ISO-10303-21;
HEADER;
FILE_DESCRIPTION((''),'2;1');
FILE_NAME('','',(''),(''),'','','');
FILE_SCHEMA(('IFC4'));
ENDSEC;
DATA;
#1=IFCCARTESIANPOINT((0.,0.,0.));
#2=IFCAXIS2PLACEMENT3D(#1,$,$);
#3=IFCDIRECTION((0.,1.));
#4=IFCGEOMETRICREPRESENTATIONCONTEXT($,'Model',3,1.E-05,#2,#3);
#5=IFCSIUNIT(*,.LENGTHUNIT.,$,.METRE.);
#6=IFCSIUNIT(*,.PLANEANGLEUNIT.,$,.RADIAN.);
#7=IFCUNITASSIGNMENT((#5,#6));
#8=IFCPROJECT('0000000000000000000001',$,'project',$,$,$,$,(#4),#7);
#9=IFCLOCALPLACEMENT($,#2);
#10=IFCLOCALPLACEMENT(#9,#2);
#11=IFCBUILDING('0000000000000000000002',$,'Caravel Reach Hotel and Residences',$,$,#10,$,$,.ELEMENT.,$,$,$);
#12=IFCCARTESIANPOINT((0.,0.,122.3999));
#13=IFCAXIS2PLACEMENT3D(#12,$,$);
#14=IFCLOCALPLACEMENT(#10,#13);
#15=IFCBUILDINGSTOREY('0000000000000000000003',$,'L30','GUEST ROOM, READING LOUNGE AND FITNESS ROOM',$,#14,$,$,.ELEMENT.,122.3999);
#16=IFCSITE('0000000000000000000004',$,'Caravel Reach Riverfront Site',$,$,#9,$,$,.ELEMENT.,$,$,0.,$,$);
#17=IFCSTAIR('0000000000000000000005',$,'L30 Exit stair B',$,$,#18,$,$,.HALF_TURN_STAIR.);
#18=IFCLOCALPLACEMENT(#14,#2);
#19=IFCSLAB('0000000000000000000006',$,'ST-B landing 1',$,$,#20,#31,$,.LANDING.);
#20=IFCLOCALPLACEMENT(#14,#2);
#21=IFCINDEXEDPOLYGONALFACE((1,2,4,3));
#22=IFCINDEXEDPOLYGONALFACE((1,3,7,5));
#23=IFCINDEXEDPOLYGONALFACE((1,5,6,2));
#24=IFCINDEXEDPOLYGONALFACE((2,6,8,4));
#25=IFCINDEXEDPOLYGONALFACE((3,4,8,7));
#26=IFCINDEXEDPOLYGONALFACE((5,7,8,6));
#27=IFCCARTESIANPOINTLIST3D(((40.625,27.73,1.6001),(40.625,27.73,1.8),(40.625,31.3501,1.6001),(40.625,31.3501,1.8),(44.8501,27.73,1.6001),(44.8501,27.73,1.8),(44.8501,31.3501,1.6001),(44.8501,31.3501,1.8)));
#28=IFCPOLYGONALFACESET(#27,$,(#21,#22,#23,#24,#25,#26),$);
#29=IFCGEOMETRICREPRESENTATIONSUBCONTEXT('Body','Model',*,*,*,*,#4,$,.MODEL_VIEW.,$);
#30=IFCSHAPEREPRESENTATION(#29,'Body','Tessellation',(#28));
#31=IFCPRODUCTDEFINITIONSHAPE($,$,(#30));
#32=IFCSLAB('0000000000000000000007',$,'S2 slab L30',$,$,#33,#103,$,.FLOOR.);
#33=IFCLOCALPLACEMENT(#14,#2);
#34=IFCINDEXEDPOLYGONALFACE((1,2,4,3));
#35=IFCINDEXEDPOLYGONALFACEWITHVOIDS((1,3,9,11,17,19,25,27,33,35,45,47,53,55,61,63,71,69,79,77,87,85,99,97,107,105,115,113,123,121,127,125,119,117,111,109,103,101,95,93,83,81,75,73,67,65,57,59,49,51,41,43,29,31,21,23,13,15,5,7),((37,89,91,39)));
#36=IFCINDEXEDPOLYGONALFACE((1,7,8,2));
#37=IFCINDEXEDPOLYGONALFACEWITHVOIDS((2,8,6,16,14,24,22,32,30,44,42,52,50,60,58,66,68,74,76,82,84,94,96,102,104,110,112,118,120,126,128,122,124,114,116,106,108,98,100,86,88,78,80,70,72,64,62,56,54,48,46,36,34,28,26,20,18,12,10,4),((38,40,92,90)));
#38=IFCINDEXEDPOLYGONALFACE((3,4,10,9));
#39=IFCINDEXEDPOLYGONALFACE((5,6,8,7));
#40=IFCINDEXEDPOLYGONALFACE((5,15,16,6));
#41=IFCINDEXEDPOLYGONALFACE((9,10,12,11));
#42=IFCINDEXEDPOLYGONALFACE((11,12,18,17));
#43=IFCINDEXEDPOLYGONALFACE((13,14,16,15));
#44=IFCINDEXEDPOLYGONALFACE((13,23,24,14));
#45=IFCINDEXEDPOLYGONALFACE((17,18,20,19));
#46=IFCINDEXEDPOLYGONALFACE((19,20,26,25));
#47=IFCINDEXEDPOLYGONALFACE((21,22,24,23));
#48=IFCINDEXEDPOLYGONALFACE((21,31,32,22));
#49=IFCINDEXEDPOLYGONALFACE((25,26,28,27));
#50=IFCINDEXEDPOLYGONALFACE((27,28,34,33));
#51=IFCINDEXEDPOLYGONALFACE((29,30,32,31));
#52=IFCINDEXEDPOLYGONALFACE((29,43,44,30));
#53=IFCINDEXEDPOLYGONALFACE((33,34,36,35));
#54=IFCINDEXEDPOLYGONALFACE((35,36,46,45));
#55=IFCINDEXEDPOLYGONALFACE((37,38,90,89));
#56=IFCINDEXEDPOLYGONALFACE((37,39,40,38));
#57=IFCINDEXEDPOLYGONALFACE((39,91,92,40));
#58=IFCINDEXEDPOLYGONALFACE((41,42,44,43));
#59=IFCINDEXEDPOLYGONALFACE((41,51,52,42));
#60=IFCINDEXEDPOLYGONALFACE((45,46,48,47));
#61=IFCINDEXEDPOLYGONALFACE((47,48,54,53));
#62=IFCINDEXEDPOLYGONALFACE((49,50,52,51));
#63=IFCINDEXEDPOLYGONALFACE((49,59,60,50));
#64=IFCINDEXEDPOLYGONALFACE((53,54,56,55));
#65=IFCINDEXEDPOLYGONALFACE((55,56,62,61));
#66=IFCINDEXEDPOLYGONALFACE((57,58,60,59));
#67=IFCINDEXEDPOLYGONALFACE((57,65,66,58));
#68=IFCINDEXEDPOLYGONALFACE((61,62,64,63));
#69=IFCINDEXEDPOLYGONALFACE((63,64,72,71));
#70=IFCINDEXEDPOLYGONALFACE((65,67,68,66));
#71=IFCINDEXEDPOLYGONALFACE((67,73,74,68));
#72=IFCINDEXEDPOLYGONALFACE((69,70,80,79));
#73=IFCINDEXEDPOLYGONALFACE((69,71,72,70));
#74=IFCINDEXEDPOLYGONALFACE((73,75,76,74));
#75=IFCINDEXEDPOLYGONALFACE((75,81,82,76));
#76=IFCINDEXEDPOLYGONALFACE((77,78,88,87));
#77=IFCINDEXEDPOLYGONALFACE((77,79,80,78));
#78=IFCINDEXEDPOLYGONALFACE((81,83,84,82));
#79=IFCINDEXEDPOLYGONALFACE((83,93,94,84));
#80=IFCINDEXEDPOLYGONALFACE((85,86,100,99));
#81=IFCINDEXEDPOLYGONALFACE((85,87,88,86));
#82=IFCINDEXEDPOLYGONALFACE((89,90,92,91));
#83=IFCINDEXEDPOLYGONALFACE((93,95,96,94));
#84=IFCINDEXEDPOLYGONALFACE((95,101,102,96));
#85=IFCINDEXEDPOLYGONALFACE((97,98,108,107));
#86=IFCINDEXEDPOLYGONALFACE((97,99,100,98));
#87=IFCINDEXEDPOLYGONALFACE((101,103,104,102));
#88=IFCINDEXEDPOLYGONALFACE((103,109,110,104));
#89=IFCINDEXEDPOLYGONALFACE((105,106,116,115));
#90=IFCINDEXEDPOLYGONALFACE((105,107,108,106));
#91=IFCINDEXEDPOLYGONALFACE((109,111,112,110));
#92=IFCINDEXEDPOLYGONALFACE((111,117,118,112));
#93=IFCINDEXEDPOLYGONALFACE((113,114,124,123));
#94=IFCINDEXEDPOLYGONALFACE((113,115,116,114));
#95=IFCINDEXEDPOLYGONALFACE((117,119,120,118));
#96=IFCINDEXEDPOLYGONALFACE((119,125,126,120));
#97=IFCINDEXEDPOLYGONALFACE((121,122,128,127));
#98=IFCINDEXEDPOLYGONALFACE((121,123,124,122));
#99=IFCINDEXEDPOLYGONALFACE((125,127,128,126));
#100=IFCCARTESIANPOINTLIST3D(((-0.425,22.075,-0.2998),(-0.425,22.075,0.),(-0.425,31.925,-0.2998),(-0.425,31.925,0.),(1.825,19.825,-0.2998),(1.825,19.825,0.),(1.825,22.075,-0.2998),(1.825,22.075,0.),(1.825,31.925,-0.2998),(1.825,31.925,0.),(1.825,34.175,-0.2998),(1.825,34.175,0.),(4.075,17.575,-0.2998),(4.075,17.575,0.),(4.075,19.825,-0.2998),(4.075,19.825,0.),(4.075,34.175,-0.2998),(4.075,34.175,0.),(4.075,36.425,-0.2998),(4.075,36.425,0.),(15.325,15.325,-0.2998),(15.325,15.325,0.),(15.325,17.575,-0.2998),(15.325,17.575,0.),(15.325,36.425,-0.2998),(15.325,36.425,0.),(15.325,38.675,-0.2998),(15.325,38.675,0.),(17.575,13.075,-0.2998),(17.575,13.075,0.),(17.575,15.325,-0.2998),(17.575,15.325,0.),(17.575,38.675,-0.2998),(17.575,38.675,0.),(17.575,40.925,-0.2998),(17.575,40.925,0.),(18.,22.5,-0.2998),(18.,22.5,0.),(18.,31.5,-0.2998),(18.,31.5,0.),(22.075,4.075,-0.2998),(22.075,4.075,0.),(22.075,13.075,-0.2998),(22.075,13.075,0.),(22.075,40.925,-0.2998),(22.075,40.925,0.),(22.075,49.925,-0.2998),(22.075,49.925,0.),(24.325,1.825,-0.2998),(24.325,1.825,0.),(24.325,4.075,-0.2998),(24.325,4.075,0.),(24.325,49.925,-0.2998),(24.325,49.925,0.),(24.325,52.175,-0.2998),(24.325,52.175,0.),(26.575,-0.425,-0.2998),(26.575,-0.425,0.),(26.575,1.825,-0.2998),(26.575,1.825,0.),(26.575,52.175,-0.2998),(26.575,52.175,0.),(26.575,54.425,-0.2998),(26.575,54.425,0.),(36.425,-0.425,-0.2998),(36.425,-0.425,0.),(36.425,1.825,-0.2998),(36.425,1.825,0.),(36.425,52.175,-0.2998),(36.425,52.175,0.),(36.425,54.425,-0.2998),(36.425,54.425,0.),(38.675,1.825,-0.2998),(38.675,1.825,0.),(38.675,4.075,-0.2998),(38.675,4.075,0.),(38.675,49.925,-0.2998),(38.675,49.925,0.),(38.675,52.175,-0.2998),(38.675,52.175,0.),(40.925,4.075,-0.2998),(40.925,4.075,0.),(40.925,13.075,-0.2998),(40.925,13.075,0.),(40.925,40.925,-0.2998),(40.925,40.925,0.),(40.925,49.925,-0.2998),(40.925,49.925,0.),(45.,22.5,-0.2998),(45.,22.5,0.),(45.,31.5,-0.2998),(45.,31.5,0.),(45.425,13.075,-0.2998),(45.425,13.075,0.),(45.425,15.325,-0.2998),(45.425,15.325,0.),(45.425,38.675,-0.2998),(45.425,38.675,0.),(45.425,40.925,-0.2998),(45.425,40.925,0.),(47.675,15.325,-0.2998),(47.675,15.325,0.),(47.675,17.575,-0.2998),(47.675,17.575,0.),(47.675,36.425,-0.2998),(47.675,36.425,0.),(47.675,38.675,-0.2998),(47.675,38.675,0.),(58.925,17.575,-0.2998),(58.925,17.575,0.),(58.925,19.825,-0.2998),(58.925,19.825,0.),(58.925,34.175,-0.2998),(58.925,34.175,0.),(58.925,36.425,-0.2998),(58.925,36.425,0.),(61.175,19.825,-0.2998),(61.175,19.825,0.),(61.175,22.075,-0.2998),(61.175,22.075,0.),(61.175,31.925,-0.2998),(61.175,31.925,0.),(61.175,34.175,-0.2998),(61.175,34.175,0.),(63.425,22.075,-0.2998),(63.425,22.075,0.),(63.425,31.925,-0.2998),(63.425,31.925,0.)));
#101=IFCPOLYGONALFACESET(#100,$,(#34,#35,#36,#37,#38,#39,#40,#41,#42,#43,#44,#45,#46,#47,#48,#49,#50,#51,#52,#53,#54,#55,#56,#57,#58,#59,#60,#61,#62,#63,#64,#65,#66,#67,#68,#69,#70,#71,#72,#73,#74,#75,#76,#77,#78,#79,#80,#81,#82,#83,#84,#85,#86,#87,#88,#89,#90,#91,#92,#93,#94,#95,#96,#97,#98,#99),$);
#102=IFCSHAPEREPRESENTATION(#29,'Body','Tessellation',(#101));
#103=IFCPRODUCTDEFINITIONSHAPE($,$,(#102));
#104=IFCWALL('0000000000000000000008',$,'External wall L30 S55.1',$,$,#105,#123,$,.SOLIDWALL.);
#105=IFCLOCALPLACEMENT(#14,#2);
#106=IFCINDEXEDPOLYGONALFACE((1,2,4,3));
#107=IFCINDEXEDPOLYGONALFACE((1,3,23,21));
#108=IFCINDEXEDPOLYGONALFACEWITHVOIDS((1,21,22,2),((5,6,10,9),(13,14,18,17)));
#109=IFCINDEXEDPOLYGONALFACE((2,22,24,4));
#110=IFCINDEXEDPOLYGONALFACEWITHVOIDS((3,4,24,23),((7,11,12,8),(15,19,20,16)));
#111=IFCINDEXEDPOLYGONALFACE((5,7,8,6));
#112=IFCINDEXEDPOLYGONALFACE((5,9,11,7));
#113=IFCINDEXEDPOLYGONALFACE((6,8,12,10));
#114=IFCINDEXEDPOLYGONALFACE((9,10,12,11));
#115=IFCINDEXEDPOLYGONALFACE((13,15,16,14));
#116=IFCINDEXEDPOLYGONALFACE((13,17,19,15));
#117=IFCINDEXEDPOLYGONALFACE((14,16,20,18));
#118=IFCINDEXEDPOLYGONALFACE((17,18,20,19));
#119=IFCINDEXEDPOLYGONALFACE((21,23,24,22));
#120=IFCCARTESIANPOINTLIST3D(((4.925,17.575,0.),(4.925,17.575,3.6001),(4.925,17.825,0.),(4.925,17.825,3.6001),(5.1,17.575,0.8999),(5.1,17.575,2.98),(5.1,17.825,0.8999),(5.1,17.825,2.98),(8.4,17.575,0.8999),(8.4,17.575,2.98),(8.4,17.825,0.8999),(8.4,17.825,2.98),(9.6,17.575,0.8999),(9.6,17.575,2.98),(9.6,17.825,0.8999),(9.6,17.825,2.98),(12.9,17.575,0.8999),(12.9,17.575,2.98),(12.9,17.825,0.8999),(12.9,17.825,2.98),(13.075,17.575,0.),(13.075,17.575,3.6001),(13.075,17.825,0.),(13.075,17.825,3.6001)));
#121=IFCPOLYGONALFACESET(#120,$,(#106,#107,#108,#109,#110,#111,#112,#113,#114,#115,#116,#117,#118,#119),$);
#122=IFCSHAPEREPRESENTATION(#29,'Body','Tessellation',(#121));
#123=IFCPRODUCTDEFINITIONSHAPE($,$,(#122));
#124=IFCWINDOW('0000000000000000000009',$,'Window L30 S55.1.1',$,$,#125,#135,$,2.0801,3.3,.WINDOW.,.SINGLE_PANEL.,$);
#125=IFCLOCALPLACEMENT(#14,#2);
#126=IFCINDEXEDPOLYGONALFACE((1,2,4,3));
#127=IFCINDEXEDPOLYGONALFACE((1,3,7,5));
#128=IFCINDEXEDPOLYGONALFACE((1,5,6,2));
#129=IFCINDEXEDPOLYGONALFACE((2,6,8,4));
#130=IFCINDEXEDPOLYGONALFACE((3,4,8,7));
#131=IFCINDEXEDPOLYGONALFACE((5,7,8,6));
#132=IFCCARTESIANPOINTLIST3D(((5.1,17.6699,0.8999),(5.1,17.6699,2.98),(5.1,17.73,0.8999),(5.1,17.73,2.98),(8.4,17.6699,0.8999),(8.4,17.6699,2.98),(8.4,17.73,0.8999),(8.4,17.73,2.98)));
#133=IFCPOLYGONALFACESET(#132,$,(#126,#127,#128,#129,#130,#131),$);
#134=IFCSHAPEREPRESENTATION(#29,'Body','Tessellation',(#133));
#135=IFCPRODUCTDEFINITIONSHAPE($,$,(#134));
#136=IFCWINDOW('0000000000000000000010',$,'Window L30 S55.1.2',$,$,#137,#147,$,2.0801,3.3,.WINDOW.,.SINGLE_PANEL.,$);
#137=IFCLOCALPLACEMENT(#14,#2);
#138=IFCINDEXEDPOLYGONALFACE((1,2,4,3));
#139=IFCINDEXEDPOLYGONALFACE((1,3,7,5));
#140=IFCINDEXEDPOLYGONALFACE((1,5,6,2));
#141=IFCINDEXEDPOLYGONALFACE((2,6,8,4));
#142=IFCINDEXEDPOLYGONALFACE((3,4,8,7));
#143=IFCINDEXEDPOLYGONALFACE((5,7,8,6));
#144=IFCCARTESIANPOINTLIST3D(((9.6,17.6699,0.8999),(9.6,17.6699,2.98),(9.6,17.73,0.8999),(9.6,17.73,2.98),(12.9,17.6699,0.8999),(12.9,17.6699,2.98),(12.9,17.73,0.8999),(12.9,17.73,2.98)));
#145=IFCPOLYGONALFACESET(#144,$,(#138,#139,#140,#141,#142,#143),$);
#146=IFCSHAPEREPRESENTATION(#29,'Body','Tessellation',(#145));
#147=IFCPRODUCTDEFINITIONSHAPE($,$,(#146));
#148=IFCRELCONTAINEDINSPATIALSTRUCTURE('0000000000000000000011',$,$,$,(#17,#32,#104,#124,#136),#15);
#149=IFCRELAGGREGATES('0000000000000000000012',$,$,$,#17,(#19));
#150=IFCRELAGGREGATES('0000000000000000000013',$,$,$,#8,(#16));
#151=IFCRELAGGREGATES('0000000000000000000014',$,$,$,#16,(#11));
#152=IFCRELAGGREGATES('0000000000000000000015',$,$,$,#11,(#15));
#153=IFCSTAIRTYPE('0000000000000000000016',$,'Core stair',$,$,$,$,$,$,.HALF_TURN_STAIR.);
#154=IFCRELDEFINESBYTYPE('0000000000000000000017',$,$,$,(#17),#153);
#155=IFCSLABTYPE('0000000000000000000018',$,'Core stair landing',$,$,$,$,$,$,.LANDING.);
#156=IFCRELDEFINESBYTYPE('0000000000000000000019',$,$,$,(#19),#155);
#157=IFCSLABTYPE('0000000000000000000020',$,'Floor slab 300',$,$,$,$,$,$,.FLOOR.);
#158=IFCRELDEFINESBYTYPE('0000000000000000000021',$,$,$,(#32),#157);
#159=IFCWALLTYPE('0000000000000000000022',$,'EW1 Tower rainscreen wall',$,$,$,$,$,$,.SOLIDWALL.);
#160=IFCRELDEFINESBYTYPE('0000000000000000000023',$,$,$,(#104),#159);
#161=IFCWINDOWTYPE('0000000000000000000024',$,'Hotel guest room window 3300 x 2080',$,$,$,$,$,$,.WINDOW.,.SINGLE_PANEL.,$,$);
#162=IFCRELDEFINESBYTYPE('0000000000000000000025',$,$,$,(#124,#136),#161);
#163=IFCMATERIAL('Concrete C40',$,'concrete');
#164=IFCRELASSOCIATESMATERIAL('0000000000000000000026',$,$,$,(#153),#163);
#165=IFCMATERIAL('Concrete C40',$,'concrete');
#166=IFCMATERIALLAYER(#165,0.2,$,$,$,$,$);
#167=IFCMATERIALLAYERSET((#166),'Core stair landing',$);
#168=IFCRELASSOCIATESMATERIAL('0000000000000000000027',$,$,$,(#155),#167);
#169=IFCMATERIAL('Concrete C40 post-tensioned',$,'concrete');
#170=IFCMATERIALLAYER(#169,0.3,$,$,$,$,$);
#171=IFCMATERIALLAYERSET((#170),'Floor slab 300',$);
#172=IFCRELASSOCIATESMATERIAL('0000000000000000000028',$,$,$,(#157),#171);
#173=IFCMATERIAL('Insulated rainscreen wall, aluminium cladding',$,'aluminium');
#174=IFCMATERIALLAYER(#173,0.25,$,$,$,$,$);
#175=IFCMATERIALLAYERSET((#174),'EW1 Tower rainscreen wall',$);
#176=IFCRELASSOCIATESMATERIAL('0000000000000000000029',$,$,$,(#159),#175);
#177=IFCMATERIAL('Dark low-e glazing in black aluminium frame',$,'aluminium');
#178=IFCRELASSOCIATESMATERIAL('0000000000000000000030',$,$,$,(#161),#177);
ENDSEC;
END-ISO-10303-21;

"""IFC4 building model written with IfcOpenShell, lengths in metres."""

from ifc_helpers import new_model, si_unit, direction, frame, frame_2d, origin, place, context, subcontext, project, spatial, polyline, rectangle, outline, extrude, material, layer, layer_set, type_object, element, fill, aggregate, save


model = new_model("IFC4")

# Units and contexts
model_context = context("Model", 3, precision=1e-05, world=origin(), true_north=direction((0.0, 1.0)))
body_context = subcontext(model_context, "Body", "Model", "MODEL_VIEW")
ifc_project = project(units=[si_unit("LENGTHUNIT", "METRE"), si_unit("PLANEANGLEUNIT", "RADIAN")], contexts=[model_context])

# Site, building, storey
site_placement = place(None, origin())
site = spatial("IfcSite", under=ifc_project, at=site_placement, Name="Caravel Reach Riverfront Site", CompositionType="ELEMENT", RefElevation=0.0)
building_placement = place(site_placement, origin())
building = spatial("IfcBuilding", under=site, at=building_placement, Name="Caravel Reach Hotel and Residences", CompositionType="ELEMENT")
storey_placement = place(building_placement, frame((0.0, 0.0, 122.3999)))
storey = spatial("IfcBuildingStorey", under=building, at=storey_placement, Name="L30", Description="GUEST ROOM, READING LOUNGE AND FITNESS ROOM", CompositionType="ELEMENT", Elevation=122.3999)

# Stair, slab
ifc_material_1 = material(Name="Concrete C40", Category="concrete")
stair_type = type_object("IfcStairType", Name="Core stair", PredefinedType="HALF_TURN_STAIR", material=ifc_material_1)
ifc_material_2 = material(Name="Concrete C40", Category="concrete")
ifc_layer_1 = layer(ifc_material_2, 0.2)
ifc_layer_set_1 = layer_set([ifc_layer_1], Name="Core stair landing")
slab_type_1 = type_object("IfcSlabType", Name="Core stair landing", PredefinedType="LANDING", material=ifc_layer_set_1)
stair_1_placement = place(storey_placement, origin())
stair_1 = element("IfcStair", 1, at=stair_1_placement, inside=storey, type_object=stair_type, Name="L30 Exit stair B", PredefinedType="HALF_TURN_STAIR")
slab_1_placement = place(storey_placement, frame((0.0, 0.0, 1.6001)))
slab_1 = element("IfcSlab", 2, at=slab_1_placement, type_object=slab_type_1, Name="ST-B landing 1", PredefinedType="LANDING", context=body_context, shape_type="SweptSolid", body=[
    extrude(outline(polyline([(44.8501, 27.73), (44.8501, 31.3501), (40.625, 31.3501), (40.625, 27.73), (44.8501, 27.73)])), origin(), (0.0, 0.0, 1.0), 0.2),
])
aggregate(stair_1, [slab_1])

# Slab
ifc_material_3 = material(Name="Concrete C40 post-tensioned", Category="concrete")
ifc_layer_2 = layer(ifc_material_3, 0.3)
ifc_layer_set_2 = layer_set([ifc_layer_2], Name="Floor slab 300")
slab_type_2 = type_object("IfcSlabType", Name="Floor slab 300", PredefinedType="FLOOR", material=ifc_layer_set_2)
slab_2_placement = place(storey_placement, frame((0.0, 0.0, -0.2998)))
element("IfcSlab", 3, at=slab_2_placement, inside=storey, type_object=slab_type_2, Name="S2 slab L30", PredefinedType="FLOOR", context=body_context, shape_type="SweptSolid", body=[
    extrude(outline(polyline([(17.575, 13.075), (17.575, 15.325), (15.325, 15.325), (15.325, 17.575), (4.075, 17.575), (4.075, 19.825), (1.825, 19.825), (1.825, 22.075), (-0.425, 22.075), (-0.425, 31.925), (1.825, 31.925), (1.825, 34.175), (4.075, 34.175), (4.075, 36.425), (15.325, 36.425), (15.325, 38.675), (17.575, 38.675), (17.575, 40.925), (22.075, 40.925), (22.075, 49.925), (24.325, 49.925), (24.325, 52.175), (26.575, 52.175), (26.575, 54.425), (36.425, 54.425), (36.425, 52.175), (38.675, 52.175), (38.675, 49.925), (40.925, 49.925), (40.925, 40.925), (45.425, 40.925), (45.425, 38.675), (47.675, 38.675), (47.675, 36.425), (58.925, 36.425), (58.925, 34.175), (61.175, 34.175), (61.175, 31.925), (63.425, 31.925), (63.425, 22.075), (61.175, 22.075), (61.175, 19.825), (58.925, 19.825), (58.925, 17.575), (47.675, 17.575), (47.675, 15.325), (45.425, 15.325), (45.425, 13.075), (40.925, 13.075), (40.925, 4.075), (38.675, 4.075), (38.675, 1.825), (36.425, 1.825), (36.425, -0.425), (26.575, -0.425), (26.575, 1.825), (24.325, 1.825), (24.325, 4.075), (22.075, 4.075), (22.075, 13.075), (17.575, 13.075)]), holes=[polyline([(45.0, 31.5), (18.0, 31.5), (18.0, 22.5), (45.0, 22.5), (45.0, 31.5)])]), origin(), (0.0, 0.0, 1.0), 0.2998),
])

# Wall, openings, windows
ifc_material_4 = material(Name="Insulated rainscreen wall, aluminium cladding", Category="aluminium")
ifc_layer_3 = layer(ifc_material_4, 0.25)
ifc_layer_set_3 = layer_set([ifc_layer_3], Name="EW1 Tower rainscreen wall")
wall_type_1 = type_object("IfcWallType", Name="EW1 Tower rainscreen wall", PredefinedType="SOLIDWALL", material=ifc_layer_set_3)
wall_1_placement = place(storey_placement, frame((4.925, 17.7, 0.0), z_axis=(0.0, 0.0, 1.0), x_axis=(1.0, 0.0, 0.0)))
wall_1 = element("IfcWall", 4, at=wall_1_placement, inside=storey, type_object=wall_type_1, Name="External wall L30 S55.1", PredefinedType="SOLIDWALL", context=body_context, shape_type="SweptSolid", body=[
    extrude(rectangle(XDim=8.1499, YDim=0.25, at=frame_2d((4.075, 0.0))), origin(), (0.0, 0.0, 1.0), 3.6001),
])
opening_1_placement = place(wall_1_placement, frame((0.175, 0.0, 0.8999)))
opening_1 = element("IfcOpeningElement", 5, at=opening_1_placement, cuts=wall_1, PredefinedType="OPENING", context=body_context, shape_type="SweptSolid", body=[
    extrude(rectangle(XDim=3.3, YDim=2.0801, at=frame_2d((1.6499, 1.04))), frame((0.0, 0.135, 0.0), z_axis=(0.0, -1.0, 0.0), x_axis=(1.0, 0.0, 0.0)), (0.0, 0.0, 1.0), 0.27),
])
opening_2_placement = place(wall_1_placement, frame((4.675, 0.0, 0.8999)))
opening_2 = element("IfcOpeningElement", 6, at=opening_2_placement, cuts=wall_1, PredefinedType="OPENING", context=body_context, shape_type="SweptSolid", body=[
    extrude(rectangle(XDim=3.3, YDim=2.0801, at=frame_2d((1.6499, 1.04))), frame((0.0, 0.135, 0.0), z_axis=(0.0, -1.0, 0.0), x_axis=(1.0, 0.0, 0.0)), (0.0, 0.0, 1.0), 0.27),
])
ifc_material_5 = material(Name="Dark low-e glazing in black aluminium frame", Category="aluminium")
window_type_1 = type_object("IfcWindowType", Name="Hotel guest room window 3300 x 2080", PartitioningType="SINGLE_PANEL", PredefinedType="WINDOW", material=ifc_material_5)
window_1_placement = place(opening_1_placement, origin())
window_1 = element("IfcWindow", 7, at=window_1_placement, inside=storey, type_object=window_type_1, Name="Window L30 S55.1.1", OverallHeight=2.0801, OverallWidth=3.3, PartitioningType="SINGLE_PANEL", PredefinedType="WINDOW", context=body_context, shape_type="SweptSolid", body=[
    extrude(rectangle(XDim=3.3, YDim=2.0801, at=frame_2d((1.6499, 1.04))), frame((0.0, 0.03, 0.0), z_axis=(0.0, -1.0, 0.0), x_axis=(1.0, 0.0, 0.0)), (0.0, 0.0, 1.0), 0.0601),
])
fill(opening_1, window_1)
window_2_placement = place(opening_2_placement, origin())
window_2 = element("IfcWindow", 8, at=window_2_placement, inside=storey, type_object=window_type_1, Name="Window L30 S55.1.2", OverallHeight=2.0801, OverallWidth=3.3, PartitioningType="SINGLE_PANEL", PredefinedType="WINDOW", context=body_context, shape_type="SweptSolid", body=[
    extrude(rectangle(XDim=3.3, YDim=2.0801, at=frame_2d((1.6499, 1.04))), frame((0.0, 0.03, 0.0), z_axis=(0.0, -1.0, 0.0), x_axis=(1.0, 0.0, 0.0)), (0.0, 0.0, 1.0), 0.0601),
])
fill(opening_2, window_2)

save(model, "model.ifc")
